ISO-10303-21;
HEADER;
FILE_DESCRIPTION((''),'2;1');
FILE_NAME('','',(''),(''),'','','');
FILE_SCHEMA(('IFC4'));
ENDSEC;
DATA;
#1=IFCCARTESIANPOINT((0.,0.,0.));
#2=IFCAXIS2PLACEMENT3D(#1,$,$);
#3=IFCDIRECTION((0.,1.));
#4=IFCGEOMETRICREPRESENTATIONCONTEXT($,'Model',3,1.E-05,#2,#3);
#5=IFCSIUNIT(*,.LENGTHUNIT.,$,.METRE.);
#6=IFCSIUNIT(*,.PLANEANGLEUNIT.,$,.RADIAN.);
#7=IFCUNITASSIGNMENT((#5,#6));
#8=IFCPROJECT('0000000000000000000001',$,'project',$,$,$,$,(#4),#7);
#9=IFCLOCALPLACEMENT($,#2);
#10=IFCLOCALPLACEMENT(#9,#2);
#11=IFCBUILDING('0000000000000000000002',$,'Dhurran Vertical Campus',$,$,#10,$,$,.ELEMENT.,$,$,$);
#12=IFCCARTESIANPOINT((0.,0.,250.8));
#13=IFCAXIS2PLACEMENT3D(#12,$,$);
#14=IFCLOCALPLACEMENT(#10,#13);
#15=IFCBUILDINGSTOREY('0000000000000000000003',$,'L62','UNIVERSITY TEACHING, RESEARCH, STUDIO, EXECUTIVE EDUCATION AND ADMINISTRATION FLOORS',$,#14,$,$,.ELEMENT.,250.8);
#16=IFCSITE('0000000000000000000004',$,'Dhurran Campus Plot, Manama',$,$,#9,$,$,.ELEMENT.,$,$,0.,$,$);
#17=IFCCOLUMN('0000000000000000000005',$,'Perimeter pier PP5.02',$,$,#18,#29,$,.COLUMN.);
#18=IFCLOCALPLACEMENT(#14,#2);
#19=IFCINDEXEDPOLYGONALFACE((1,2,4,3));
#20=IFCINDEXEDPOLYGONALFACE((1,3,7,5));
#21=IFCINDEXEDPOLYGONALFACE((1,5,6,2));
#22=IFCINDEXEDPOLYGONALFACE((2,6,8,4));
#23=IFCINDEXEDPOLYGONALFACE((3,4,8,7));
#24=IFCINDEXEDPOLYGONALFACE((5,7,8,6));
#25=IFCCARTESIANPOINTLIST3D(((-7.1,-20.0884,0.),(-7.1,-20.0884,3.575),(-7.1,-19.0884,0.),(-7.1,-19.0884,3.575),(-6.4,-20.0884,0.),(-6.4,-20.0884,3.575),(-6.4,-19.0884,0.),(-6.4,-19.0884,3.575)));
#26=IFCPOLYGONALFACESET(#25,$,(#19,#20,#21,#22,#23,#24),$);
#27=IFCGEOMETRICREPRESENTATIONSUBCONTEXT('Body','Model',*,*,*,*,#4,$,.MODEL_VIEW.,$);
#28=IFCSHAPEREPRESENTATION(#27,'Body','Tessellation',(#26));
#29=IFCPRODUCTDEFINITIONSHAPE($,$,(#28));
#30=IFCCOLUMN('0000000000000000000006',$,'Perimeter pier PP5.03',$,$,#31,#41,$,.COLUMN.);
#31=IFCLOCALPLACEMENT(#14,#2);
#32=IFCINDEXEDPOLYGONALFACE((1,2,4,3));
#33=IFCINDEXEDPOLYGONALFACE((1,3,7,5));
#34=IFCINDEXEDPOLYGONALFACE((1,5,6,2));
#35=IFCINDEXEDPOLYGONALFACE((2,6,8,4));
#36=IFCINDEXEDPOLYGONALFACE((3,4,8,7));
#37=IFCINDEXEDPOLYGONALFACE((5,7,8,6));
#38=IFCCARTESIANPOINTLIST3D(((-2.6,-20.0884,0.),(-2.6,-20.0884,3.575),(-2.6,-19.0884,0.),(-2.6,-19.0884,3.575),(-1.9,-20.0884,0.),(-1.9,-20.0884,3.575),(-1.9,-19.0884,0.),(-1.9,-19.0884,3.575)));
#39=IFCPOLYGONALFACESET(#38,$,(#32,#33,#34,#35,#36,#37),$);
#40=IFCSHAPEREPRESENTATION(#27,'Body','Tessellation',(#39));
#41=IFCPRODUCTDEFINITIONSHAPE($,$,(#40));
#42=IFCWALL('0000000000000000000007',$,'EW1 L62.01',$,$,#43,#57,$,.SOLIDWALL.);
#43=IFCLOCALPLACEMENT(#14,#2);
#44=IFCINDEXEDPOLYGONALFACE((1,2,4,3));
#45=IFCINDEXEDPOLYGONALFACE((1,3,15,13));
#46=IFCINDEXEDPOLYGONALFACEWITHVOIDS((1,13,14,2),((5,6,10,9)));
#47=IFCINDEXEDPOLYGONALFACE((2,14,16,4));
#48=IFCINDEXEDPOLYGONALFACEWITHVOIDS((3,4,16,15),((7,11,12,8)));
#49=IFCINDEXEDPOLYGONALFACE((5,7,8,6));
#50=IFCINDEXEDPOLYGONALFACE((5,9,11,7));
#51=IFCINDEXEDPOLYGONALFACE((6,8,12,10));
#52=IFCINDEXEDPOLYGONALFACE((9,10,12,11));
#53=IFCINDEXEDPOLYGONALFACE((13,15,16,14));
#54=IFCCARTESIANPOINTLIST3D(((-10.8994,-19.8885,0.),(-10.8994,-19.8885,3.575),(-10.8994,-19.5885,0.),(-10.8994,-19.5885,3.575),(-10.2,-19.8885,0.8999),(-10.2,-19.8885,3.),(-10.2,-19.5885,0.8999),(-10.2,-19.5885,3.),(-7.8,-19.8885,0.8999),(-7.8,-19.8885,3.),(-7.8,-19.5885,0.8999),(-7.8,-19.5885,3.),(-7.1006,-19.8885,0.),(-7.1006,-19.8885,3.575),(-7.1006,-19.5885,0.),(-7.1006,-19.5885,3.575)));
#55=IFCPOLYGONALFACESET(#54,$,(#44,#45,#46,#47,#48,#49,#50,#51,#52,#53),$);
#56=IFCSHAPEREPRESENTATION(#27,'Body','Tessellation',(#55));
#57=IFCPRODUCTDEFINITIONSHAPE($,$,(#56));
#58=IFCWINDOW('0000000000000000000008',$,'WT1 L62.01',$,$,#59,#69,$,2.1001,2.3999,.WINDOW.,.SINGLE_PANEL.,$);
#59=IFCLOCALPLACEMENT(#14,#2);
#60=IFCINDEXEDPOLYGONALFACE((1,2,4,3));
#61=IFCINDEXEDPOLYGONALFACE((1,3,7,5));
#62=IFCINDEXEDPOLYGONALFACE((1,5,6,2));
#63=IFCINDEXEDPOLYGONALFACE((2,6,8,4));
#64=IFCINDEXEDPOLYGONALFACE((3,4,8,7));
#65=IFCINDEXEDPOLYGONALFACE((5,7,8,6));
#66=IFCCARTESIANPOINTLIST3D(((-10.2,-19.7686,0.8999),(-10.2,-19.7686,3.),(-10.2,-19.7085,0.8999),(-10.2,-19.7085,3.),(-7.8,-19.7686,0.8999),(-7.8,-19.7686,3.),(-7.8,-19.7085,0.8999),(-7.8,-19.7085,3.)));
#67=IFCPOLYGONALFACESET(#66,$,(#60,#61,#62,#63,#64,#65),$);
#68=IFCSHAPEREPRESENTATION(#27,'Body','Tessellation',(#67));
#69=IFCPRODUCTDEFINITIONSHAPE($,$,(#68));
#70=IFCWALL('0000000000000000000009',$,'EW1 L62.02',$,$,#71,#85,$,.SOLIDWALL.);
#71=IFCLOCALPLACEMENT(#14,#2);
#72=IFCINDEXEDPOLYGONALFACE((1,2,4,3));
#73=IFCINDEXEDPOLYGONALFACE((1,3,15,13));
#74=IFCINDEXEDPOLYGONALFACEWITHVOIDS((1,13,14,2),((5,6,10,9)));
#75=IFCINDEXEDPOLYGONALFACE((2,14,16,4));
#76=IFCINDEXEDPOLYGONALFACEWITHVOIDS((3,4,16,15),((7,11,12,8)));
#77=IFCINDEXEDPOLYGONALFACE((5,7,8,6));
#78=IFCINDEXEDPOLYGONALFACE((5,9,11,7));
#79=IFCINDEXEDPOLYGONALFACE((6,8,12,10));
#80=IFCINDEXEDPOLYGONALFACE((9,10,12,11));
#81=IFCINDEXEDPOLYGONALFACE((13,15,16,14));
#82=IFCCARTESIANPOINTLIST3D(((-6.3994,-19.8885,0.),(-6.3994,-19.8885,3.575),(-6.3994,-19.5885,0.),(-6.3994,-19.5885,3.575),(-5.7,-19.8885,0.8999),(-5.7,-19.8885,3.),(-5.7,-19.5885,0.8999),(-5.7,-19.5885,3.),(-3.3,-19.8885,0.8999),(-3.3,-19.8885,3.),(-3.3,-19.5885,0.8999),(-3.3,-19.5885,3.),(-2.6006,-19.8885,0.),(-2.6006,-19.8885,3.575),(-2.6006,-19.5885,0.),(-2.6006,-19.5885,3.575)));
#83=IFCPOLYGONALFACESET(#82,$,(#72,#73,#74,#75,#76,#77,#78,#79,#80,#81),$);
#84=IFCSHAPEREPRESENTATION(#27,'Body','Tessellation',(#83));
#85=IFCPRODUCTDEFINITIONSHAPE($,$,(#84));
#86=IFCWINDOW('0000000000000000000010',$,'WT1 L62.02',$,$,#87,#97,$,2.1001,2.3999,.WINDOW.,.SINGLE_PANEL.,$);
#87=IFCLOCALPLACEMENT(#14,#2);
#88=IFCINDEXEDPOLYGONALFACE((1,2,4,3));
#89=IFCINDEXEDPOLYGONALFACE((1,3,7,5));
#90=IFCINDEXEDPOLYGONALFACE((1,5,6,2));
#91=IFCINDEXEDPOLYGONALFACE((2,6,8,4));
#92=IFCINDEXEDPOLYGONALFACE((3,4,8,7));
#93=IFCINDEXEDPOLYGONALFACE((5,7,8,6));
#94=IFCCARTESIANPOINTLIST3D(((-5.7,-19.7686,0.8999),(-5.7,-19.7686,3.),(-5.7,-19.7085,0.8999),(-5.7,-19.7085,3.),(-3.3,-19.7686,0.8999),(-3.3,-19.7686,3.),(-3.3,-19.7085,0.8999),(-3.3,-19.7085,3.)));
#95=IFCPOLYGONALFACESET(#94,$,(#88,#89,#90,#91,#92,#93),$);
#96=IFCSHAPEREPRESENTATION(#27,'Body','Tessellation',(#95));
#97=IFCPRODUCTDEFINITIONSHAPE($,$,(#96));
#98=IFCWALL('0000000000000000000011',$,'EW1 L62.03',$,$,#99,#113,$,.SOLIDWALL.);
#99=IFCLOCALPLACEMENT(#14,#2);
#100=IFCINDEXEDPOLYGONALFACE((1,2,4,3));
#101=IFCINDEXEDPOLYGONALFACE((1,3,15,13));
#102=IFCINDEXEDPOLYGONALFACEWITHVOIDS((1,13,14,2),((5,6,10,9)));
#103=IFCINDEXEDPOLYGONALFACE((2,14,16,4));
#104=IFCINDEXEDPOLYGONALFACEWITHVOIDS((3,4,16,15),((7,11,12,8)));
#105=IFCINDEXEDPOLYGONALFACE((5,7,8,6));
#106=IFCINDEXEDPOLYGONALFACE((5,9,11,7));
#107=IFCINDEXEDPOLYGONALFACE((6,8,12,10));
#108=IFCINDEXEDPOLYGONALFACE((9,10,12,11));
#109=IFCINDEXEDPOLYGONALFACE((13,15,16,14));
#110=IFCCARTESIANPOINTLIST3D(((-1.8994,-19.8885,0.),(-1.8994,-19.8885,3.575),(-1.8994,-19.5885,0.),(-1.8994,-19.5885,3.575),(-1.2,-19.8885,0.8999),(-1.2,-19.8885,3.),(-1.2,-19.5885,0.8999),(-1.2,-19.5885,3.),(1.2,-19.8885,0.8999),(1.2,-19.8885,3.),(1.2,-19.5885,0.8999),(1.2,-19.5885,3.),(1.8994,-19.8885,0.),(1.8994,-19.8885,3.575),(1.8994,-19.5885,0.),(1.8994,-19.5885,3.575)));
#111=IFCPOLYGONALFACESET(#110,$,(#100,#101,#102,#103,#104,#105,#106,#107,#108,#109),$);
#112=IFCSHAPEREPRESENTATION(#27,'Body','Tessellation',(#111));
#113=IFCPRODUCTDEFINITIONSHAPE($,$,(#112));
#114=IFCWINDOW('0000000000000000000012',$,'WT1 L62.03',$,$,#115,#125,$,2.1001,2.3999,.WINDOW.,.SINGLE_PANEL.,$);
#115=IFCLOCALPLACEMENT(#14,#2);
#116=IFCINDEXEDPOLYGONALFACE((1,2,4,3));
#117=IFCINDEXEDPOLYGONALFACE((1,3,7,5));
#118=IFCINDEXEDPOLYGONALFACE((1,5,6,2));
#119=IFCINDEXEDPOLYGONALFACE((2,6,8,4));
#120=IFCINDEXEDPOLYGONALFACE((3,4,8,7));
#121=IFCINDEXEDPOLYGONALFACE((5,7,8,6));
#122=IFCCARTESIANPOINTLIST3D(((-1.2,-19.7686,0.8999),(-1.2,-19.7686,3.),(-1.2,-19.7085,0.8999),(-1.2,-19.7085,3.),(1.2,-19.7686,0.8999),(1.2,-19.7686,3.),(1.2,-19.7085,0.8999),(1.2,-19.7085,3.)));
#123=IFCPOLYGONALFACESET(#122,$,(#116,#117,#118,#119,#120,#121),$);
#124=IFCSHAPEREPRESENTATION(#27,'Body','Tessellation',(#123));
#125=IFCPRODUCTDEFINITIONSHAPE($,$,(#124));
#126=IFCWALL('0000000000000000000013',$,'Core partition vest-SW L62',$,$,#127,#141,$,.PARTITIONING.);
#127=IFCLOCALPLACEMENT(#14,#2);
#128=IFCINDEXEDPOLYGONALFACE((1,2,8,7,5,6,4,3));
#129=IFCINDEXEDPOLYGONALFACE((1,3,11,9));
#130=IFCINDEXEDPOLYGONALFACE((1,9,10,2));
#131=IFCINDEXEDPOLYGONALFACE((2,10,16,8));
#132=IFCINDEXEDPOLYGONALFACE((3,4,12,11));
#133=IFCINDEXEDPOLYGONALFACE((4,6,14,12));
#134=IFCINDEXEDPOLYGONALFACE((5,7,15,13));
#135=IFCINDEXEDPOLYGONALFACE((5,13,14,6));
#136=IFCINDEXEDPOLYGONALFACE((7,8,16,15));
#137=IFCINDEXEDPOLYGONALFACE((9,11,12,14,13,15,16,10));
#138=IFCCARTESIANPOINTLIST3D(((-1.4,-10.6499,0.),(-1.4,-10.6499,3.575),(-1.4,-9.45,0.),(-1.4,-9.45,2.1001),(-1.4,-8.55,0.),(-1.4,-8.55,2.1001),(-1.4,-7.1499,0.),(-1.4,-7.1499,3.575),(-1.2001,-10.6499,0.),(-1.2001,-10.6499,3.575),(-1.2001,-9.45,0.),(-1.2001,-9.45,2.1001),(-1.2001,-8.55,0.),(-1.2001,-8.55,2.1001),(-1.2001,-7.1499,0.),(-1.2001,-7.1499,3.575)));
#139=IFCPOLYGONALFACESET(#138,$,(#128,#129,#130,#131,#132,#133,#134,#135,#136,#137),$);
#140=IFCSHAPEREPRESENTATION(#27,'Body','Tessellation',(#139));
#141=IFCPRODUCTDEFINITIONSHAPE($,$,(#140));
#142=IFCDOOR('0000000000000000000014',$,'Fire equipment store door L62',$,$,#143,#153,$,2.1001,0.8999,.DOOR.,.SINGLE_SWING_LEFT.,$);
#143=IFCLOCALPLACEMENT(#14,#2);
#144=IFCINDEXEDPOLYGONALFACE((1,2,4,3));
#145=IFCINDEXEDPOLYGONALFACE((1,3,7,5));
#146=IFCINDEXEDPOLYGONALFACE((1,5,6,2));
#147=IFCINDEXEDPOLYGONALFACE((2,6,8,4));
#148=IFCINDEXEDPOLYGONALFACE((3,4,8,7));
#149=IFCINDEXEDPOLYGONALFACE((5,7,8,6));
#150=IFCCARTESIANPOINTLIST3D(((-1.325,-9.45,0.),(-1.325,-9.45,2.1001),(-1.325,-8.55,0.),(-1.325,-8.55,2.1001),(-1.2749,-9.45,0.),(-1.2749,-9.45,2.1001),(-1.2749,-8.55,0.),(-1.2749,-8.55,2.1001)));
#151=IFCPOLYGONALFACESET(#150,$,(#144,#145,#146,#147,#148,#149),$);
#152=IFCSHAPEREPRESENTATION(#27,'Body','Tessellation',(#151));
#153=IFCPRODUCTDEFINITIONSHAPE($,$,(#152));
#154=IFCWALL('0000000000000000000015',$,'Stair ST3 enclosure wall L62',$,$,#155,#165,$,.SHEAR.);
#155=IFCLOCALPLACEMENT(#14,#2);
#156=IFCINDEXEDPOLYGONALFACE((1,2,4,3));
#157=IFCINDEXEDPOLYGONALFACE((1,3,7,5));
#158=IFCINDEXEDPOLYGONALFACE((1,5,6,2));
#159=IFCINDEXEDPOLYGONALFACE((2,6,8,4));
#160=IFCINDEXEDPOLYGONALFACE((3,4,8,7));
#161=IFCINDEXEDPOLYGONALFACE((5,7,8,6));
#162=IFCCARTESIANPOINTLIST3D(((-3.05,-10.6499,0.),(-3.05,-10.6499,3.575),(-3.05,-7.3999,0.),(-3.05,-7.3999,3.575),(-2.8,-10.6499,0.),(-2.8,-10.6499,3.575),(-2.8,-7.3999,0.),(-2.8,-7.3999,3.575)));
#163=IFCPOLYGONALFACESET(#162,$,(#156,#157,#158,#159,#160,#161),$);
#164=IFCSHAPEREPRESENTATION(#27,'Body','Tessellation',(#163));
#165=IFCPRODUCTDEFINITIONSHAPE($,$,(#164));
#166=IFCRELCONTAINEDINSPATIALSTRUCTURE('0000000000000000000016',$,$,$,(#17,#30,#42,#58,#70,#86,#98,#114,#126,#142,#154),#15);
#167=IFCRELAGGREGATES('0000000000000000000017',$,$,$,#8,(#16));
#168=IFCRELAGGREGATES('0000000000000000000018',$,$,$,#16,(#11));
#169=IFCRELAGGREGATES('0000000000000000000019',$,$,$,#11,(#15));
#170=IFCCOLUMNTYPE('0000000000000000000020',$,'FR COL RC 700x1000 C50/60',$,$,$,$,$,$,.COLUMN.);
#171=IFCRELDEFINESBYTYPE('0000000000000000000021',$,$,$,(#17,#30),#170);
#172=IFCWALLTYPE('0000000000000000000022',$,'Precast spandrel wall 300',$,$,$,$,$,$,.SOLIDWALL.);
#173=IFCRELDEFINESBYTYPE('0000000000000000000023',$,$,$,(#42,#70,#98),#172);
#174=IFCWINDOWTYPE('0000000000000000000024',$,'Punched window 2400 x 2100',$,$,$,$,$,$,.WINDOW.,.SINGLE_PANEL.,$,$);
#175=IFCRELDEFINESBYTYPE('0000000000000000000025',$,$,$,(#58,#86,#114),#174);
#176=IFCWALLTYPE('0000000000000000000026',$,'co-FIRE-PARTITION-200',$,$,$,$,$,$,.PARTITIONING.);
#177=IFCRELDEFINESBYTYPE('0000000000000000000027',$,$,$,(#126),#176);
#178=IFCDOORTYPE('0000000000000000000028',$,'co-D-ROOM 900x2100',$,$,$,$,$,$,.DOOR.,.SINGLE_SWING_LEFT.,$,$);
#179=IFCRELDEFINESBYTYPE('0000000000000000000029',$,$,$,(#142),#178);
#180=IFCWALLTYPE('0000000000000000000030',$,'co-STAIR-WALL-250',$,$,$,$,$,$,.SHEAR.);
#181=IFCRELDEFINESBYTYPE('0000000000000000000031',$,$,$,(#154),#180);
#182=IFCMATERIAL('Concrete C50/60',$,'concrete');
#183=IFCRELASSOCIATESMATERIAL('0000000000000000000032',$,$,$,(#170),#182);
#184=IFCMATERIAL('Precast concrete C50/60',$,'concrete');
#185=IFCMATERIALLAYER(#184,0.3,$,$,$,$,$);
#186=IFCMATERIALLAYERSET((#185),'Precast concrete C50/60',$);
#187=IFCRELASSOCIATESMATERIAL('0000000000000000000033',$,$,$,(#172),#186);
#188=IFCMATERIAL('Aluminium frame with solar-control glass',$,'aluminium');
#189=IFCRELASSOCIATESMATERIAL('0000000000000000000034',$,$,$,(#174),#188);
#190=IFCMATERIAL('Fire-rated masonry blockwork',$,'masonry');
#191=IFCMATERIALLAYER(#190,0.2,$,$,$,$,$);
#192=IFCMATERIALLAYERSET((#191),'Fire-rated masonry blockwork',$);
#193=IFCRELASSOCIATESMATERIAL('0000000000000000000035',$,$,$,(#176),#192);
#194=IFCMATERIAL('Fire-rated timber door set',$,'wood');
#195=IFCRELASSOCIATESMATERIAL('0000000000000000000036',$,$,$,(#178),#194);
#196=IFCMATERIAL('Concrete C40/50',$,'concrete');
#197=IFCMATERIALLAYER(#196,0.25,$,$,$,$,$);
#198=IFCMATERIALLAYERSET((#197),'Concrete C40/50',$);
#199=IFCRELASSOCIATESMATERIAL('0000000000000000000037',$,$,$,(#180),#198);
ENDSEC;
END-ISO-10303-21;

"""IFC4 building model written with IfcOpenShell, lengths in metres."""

from ifc_helpers import new_model, si_unit, direction, frame, frame_2d, origin, origin_2d, place, context, subcontext, project, spatial, rectangle, extrude, material, layer, layer_set, material_profile, profile_set, type_object, element, fill, save


model = new_model("IFC4")

# Units and contexts
model_context = context("Model", 3, precision=1e-05, world=origin(), true_north=direction((0.0, 1.0)))
body_context = subcontext(model_context, "Body", "Model", "MODEL_VIEW")
ifc_project = project(units=[si_unit("LENGTHUNIT", "METRE"), si_unit("PLANEANGLEUNIT", "RADIAN")], contexts=[model_context])

# Site, building, storey
site_placement = place(None, origin())
site = spatial("IfcSite", under=ifc_project, at=site_placement, Name="Dhurran Campus Plot, Manama", CompositionType="ELEMENT", RefElevation=0.0)
building_placement = place(site_placement, origin())
building = spatial("IfcBuilding", under=site, at=building_placement, Name="Dhurran Vertical Campus", CompositionType="ELEMENT")
storey_placement = place(building_placement, frame((0.0, 0.0, 250.8)))
storey = spatial("IfcBuildingStorey", under=building, at=storey_placement, Name="L62", Description="UNIVERSITY TEACHING, RESEARCH, STUDIO, EXECUTIVE EDUCATION AND ADMINISTRATION FLOORS", CompositionType="ELEMENT", Elevation=250.8)

# Columns
ifc_material_1 = material(Name="Concrete C50/60", Category="concrete")
ifc_material_profile = material_profile(ifc_material_1, rectangle(XDim=0.7, YDim=1.0, at=origin_2d()), Name="RC 700x1000")
ifc_profile_set = profile_set([ifc_material_profile], Name="Concrete C50/60")
column_type = type_object("IfcColumnType", Name="FR COL RC 700x1000 C50/60", PredefinedType="COLUMN", material=ifc_profile_set)
for number, where, z_axis, x_axis, name in (
    (1, (-6.75, -19.5884, 0.0), (0.0, 0.0, 1.0), (1.0, 0.0, 0.0), "Perimeter pier PP5.02"),
    (2, (-2.25, -19.5884, 0.0), (0.0, 0.0, 1.0), (1.0, 0.0, 0.0), "Perimeter pier PP5.03"),
):
    element("IfcColumn", number, at=place(storey_placement, frame(where, z_axis=z_axis, x_axis=x_axis)), inside=storey, type_object=column_type, Name=name, PredefinedType="COLUMN", context=body_context, shape_type="SweptSolid", body=[
        extrude(rectangle(XDim=0.7, YDim=1.0, at=origin_2d()), origin(), (0.0, 0.0, 1.0), 3.575),
    ])

# Walls, openings, windows
ifc_material_2 = material(Name="Precast concrete C50/60", Category="concrete")
ifc_layer_1 = layer(ifc_material_2, 0.3)
ifc_layer_set_1 = layer_set([ifc_layer_1], Name="Precast concrete C50/60")
wall_type_1 = type_object("IfcWallType", Name="Precast spandrel wall 300", PredefinedType="SOLIDWALL", material=ifc_layer_set_1)
wall_1_placement = place(storey_placement, frame((-10.8994, -19.7385, 0.0), z_axis=(0.0, 0.0, 1.0), x_axis=(1.0, 0.0, 0.0)))
wall_1 = element("IfcWall", 3, at=wall_1_placement, inside=storey, type_object=wall_type_1, Name="EW1 L62.01", PredefinedType="SOLIDWALL", context=body_context, shape_type="SweptSolid", body=[
    extrude(rectangle(XDim=3.7988, YDim=0.3, at=frame_2d((1.8994, 0.0))), origin(), (0.0, 0.0, 1.0), 3.575),
])
opening_1_placement = place(wall_1_placement, frame((0.6995, 0.0, 0.8999)))
opening_1 = element("IfcOpeningElement", 4, at=opening_1_placement, cuts=wall_1, PredefinedType="OPENING", context=body_context, shape_type="SweptSolid", body=[
    extrude(rectangle(XDim=2.3999, YDim=2.1001, at=frame_2d((1.2, 1.05))), frame((0.0, 0.1599, 0.0), z_axis=(0.0, -1.0, 0.0), x_axis=(1.0, 0.0, 0.0)), (0.0, 0.0, 1.0), 0.3201),
])
ifc_material_3 = material(Name="Aluminium frame with solar-control glass", Category="aluminium")
window_type = type_object("IfcWindowType", Name="Punched window 2400 x 2100", PartitioningType="SINGLE_PANEL", PredefinedType="WINDOW", material=ifc_material_3)
window_1_placement = place(opening_1_placement, origin())
window_1 = element("IfcWindow", 5, at=window_1_placement, inside=storey, type_object=window_type, Name="WT1 L62.01", OverallHeight=2.1001, OverallWidth=2.3999, PartitioningType="SINGLE_PANEL", PredefinedType="WINDOW", context=body_context, shape_type="SweptSolid", body=[
    extrude(rectangle(XDim=2.3999, YDim=2.1001, at=frame_2d((1.2, 1.05))), frame((0.0, 0.03, 0.0), z_axis=(0.0, -1.0, 0.0), x_axis=(1.0, 0.0, 0.0)), (0.0, 0.0, 1.0), 0.0601),
])
fill(opening_1, window_1)
wall_2_placement = place(storey_placement, frame((-6.3994, -19.7385, 0.0), z_axis=(0.0, 0.0, 1.0), x_axis=(1.0, 0.0, 0.0)))
wall_2 = element("IfcWall", 6, at=wall_2_placement, inside=storey, type_object=wall_type_1, Name="EW1 L62.02", PredefinedType="SOLIDWALL", context=body_context, shape_type="SweptSolid", body=[
    extrude(rectangle(XDim=3.7988, YDim=0.3, at=frame_2d((1.8994, 0.0))), origin(), (0.0, 0.0, 1.0), 3.575),
])
opening_2_placement = place(wall_2_placement, frame((0.6995, 0.0, 0.8999)))
opening_2 = element("IfcOpeningElement", 7, at=opening_2_placement, cuts=wall_2, PredefinedType="OPENING", context=body_context, shape_type="SweptSolid", body=[
    extrude(rectangle(XDim=2.3999, YDim=2.1001, at=frame_2d((1.2, 1.05))), frame((0.0, 0.1599, 0.0), z_axis=(0.0, -1.0, 0.0), x_axis=(1.0, 0.0, 0.0)), (0.0, 0.0, 1.0), 0.3201),
])
window_2_placement = place(opening_2_placement, origin())
window_2 = element("IfcWindow", 8, at=window_2_placement, inside=storey, type_object=window_type, Name="WT1 L62.02", OverallHeight=2.1001, OverallWidth=2.3999, PartitioningType="SINGLE_PANEL", PredefinedType="WINDOW", context=body_context, shape_type="SweptSolid", body=[
    extrude(rectangle(XDim=2.3999, YDim=2.1001, at=frame_2d((1.2, 1.05))), frame((0.0, 0.03, 0.0), z_axis=(0.0, -1.0, 0.0), x_axis=(1.0, 0.0, 0.0)), (0.0, 0.0, 1.0), 0.0601),
])
fill(opening_2, window_2)
wall_3_placement = place(storey_placement, frame((-1.8994, -19.7385, 0.0), z_axis=(0.0, 0.0, 1.0), x_axis=(1.0, 0.0, 0.0)))
wall_3 = element("IfcWall", 9, at=wall_3_placement, inside=storey, type_object=wall_type_1, Name="EW1 L62.03", PredefinedType="SOLIDWALL", context=body_context, shape_type="SweptSolid", body=[
    extrude(rectangle(XDim=3.7988, YDim=0.3, at=frame_2d((1.8994, 0.0))), origin(), (0.0, 0.0, 1.0), 3.575),
])
opening_3_placement = place(wall_3_placement, frame((0.6995, 0.0, 0.8999)))
opening_3 = element("IfcOpeningElement", 10, at=opening_3_placement, cuts=wall_3, PredefinedType="OPENING", context=body_context, shape_type="SweptSolid", body=[
    extrude(rectangle(XDim=2.3999, YDim=2.1001, at=frame_2d((1.2, 1.05))), frame((0.0, 0.1599, 0.0), z_axis=(0.0, -1.0, 0.0), x_axis=(1.0, 0.0, 0.0)), (0.0, 0.0, 1.0), 0.3201),
])
window_3_placement = place(opening_3_placement, origin())
window_3 = element("IfcWindow", 11, at=window_3_placement, inside=storey, type_object=window_type, Name="WT1 L62.03", OverallHeight=2.1001, OverallWidth=2.3999, PartitioningType="SINGLE_PANEL", PredefinedType="WINDOW", context=body_context, shape_type="SweptSolid", body=[
    extrude(rectangle(XDim=2.3999, YDim=2.1001, at=frame_2d((1.2, 1.05))), frame((0.0, 0.03, 0.0), z_axis=(0.0, -1.0, 0.0), x_axis=(1.0, 0.0, 0.0)), (0.0, 0.0, 1.0), 0.0601),
])
fill(opening_3, window_3)

# Wall, opening, door
ifc_material_4 = material(Name="Fire-rated masonry blockwork", Category="masonry")
ifc_layer_2 = layer(ifc_material_4, 0.2)
ifc_layer_set_2 = layer_set([ifc_layer_2], Name="Fire-rated masonry blockwork")
wall_type_2 = type_object("IfcWallType", Name="co-FIRE-PARTITION-200", PredefinedType="PARTITIONING", material=ifc_layer_set_2)
wall_4_placement = place(storey_placement, frame((-1.3, -10.6499, 0.0), z_axis=(0.0, 0.0, 1.0), x_axis=(0.0, 1.0, 0.0)))
wall_4 = element("IfcWall", 12, at=wall_4_placement, inside=storey, type_object=wall_type_2, Name="Core partition vest-SW L62", PredefinedType="PARTITIONING", context=body_context, shape_type="SweptSolid", body=[
    extrude(rectangle(XDim=3.5, YDim=0.2, at=frame_2d((1.75, 0.0))), origin(), (0.0, 0.0, 1.0), 3.575),
])
opening_4_placement = place(wall_4_placement, frame((1.2, 0.0, 0.0)))
opening_4 = element("IfcOpeningElement", 13, at=opening_4_placement, cuts=wall_4, PredefinedType="OPENING", context=body_context, shape_type="SweptSolid", body=[
    extrude(rectangle(XDim=0.8999, YDim=2.1001, at=frame_2d((0.45, 1.05))), frame((0.0, 0.1099, 0.0), z_axis=(0.0, -1.0, 0.0), x_axis=(1.0, 0.0, 0.0)), (0.0, 0.0, 1.0), 0.22),
])
ifc_material_5 = material(Name="Fire-rated timber door set", Category="wood")
door_type_1 = type_object("IfcDoorType", Name="co-D-ROOM 900x2100", OperationType="SINGLE_SWING_LEFT", PredefinedType="DOOR", material=ifc_material_5)
door_1_placement = place(opening_4_placement, origin())
door_1 = element("IfcDoor", 14, at=door_1_placement, inside=storey, type_object=door_type_1, Name="Fire equipment store door L62", OperationType="SINGLE_SWING_LEFT", OverallHeight=2.1001, OverallWidth=0.8999, PredefinedType="DOOR", context=body_context, shape_type="SweptSolid", body=[
    extrude(rectangle(XDim=0.8999, YDim=2.1001, at=frame_2d((0.45, 1.05))), frame((0.0, 0.0249, 0.0), z_axis=(0.0, -1.0, 0.0), x_axis=(1.0, 0.0, 0.0)), (0.0, 0.0, 1.0), 0.05),
])
fill(opening_4, door_1)

# Wall
ifc_material_6 = material(Name="Concrete C40/50", Category="concrete")
ifc_layer_3 = layer(ifc_material_6, 0.25)
ifc_layer_set_3 = layer_set([ifc_layer_3], Name="Concrete C40/50")
wall_type_3 = type_object("IfcWallType", Name="co-STAIR-WALL-250", PredefinedType="SHEAR", material=ifc_layer_set_3)
wall_5_placement = place(storey_placement, frame((-2.925, -10.6499, 0.0), z_axis=(0.0, 0.0, 1.0), x_axis=(0.0, 1.0, 0.0)))
element("IfcWall", 15, at=wall_5_placement, inside=storey, type_object=wall_type_3, Name="Stair ST3 enclosure wall L62", PredefinedType="SHEAR", context=body_context, shape_type="SweptSolid", body=[
    extrude(rectangle(XDim=3.25, YDim=0.25, at=frame_2d((1.625, 0.0))), origin(), (0.0, 0.0, 1.0), 3.575),
])

save(model, "model.ifc")
